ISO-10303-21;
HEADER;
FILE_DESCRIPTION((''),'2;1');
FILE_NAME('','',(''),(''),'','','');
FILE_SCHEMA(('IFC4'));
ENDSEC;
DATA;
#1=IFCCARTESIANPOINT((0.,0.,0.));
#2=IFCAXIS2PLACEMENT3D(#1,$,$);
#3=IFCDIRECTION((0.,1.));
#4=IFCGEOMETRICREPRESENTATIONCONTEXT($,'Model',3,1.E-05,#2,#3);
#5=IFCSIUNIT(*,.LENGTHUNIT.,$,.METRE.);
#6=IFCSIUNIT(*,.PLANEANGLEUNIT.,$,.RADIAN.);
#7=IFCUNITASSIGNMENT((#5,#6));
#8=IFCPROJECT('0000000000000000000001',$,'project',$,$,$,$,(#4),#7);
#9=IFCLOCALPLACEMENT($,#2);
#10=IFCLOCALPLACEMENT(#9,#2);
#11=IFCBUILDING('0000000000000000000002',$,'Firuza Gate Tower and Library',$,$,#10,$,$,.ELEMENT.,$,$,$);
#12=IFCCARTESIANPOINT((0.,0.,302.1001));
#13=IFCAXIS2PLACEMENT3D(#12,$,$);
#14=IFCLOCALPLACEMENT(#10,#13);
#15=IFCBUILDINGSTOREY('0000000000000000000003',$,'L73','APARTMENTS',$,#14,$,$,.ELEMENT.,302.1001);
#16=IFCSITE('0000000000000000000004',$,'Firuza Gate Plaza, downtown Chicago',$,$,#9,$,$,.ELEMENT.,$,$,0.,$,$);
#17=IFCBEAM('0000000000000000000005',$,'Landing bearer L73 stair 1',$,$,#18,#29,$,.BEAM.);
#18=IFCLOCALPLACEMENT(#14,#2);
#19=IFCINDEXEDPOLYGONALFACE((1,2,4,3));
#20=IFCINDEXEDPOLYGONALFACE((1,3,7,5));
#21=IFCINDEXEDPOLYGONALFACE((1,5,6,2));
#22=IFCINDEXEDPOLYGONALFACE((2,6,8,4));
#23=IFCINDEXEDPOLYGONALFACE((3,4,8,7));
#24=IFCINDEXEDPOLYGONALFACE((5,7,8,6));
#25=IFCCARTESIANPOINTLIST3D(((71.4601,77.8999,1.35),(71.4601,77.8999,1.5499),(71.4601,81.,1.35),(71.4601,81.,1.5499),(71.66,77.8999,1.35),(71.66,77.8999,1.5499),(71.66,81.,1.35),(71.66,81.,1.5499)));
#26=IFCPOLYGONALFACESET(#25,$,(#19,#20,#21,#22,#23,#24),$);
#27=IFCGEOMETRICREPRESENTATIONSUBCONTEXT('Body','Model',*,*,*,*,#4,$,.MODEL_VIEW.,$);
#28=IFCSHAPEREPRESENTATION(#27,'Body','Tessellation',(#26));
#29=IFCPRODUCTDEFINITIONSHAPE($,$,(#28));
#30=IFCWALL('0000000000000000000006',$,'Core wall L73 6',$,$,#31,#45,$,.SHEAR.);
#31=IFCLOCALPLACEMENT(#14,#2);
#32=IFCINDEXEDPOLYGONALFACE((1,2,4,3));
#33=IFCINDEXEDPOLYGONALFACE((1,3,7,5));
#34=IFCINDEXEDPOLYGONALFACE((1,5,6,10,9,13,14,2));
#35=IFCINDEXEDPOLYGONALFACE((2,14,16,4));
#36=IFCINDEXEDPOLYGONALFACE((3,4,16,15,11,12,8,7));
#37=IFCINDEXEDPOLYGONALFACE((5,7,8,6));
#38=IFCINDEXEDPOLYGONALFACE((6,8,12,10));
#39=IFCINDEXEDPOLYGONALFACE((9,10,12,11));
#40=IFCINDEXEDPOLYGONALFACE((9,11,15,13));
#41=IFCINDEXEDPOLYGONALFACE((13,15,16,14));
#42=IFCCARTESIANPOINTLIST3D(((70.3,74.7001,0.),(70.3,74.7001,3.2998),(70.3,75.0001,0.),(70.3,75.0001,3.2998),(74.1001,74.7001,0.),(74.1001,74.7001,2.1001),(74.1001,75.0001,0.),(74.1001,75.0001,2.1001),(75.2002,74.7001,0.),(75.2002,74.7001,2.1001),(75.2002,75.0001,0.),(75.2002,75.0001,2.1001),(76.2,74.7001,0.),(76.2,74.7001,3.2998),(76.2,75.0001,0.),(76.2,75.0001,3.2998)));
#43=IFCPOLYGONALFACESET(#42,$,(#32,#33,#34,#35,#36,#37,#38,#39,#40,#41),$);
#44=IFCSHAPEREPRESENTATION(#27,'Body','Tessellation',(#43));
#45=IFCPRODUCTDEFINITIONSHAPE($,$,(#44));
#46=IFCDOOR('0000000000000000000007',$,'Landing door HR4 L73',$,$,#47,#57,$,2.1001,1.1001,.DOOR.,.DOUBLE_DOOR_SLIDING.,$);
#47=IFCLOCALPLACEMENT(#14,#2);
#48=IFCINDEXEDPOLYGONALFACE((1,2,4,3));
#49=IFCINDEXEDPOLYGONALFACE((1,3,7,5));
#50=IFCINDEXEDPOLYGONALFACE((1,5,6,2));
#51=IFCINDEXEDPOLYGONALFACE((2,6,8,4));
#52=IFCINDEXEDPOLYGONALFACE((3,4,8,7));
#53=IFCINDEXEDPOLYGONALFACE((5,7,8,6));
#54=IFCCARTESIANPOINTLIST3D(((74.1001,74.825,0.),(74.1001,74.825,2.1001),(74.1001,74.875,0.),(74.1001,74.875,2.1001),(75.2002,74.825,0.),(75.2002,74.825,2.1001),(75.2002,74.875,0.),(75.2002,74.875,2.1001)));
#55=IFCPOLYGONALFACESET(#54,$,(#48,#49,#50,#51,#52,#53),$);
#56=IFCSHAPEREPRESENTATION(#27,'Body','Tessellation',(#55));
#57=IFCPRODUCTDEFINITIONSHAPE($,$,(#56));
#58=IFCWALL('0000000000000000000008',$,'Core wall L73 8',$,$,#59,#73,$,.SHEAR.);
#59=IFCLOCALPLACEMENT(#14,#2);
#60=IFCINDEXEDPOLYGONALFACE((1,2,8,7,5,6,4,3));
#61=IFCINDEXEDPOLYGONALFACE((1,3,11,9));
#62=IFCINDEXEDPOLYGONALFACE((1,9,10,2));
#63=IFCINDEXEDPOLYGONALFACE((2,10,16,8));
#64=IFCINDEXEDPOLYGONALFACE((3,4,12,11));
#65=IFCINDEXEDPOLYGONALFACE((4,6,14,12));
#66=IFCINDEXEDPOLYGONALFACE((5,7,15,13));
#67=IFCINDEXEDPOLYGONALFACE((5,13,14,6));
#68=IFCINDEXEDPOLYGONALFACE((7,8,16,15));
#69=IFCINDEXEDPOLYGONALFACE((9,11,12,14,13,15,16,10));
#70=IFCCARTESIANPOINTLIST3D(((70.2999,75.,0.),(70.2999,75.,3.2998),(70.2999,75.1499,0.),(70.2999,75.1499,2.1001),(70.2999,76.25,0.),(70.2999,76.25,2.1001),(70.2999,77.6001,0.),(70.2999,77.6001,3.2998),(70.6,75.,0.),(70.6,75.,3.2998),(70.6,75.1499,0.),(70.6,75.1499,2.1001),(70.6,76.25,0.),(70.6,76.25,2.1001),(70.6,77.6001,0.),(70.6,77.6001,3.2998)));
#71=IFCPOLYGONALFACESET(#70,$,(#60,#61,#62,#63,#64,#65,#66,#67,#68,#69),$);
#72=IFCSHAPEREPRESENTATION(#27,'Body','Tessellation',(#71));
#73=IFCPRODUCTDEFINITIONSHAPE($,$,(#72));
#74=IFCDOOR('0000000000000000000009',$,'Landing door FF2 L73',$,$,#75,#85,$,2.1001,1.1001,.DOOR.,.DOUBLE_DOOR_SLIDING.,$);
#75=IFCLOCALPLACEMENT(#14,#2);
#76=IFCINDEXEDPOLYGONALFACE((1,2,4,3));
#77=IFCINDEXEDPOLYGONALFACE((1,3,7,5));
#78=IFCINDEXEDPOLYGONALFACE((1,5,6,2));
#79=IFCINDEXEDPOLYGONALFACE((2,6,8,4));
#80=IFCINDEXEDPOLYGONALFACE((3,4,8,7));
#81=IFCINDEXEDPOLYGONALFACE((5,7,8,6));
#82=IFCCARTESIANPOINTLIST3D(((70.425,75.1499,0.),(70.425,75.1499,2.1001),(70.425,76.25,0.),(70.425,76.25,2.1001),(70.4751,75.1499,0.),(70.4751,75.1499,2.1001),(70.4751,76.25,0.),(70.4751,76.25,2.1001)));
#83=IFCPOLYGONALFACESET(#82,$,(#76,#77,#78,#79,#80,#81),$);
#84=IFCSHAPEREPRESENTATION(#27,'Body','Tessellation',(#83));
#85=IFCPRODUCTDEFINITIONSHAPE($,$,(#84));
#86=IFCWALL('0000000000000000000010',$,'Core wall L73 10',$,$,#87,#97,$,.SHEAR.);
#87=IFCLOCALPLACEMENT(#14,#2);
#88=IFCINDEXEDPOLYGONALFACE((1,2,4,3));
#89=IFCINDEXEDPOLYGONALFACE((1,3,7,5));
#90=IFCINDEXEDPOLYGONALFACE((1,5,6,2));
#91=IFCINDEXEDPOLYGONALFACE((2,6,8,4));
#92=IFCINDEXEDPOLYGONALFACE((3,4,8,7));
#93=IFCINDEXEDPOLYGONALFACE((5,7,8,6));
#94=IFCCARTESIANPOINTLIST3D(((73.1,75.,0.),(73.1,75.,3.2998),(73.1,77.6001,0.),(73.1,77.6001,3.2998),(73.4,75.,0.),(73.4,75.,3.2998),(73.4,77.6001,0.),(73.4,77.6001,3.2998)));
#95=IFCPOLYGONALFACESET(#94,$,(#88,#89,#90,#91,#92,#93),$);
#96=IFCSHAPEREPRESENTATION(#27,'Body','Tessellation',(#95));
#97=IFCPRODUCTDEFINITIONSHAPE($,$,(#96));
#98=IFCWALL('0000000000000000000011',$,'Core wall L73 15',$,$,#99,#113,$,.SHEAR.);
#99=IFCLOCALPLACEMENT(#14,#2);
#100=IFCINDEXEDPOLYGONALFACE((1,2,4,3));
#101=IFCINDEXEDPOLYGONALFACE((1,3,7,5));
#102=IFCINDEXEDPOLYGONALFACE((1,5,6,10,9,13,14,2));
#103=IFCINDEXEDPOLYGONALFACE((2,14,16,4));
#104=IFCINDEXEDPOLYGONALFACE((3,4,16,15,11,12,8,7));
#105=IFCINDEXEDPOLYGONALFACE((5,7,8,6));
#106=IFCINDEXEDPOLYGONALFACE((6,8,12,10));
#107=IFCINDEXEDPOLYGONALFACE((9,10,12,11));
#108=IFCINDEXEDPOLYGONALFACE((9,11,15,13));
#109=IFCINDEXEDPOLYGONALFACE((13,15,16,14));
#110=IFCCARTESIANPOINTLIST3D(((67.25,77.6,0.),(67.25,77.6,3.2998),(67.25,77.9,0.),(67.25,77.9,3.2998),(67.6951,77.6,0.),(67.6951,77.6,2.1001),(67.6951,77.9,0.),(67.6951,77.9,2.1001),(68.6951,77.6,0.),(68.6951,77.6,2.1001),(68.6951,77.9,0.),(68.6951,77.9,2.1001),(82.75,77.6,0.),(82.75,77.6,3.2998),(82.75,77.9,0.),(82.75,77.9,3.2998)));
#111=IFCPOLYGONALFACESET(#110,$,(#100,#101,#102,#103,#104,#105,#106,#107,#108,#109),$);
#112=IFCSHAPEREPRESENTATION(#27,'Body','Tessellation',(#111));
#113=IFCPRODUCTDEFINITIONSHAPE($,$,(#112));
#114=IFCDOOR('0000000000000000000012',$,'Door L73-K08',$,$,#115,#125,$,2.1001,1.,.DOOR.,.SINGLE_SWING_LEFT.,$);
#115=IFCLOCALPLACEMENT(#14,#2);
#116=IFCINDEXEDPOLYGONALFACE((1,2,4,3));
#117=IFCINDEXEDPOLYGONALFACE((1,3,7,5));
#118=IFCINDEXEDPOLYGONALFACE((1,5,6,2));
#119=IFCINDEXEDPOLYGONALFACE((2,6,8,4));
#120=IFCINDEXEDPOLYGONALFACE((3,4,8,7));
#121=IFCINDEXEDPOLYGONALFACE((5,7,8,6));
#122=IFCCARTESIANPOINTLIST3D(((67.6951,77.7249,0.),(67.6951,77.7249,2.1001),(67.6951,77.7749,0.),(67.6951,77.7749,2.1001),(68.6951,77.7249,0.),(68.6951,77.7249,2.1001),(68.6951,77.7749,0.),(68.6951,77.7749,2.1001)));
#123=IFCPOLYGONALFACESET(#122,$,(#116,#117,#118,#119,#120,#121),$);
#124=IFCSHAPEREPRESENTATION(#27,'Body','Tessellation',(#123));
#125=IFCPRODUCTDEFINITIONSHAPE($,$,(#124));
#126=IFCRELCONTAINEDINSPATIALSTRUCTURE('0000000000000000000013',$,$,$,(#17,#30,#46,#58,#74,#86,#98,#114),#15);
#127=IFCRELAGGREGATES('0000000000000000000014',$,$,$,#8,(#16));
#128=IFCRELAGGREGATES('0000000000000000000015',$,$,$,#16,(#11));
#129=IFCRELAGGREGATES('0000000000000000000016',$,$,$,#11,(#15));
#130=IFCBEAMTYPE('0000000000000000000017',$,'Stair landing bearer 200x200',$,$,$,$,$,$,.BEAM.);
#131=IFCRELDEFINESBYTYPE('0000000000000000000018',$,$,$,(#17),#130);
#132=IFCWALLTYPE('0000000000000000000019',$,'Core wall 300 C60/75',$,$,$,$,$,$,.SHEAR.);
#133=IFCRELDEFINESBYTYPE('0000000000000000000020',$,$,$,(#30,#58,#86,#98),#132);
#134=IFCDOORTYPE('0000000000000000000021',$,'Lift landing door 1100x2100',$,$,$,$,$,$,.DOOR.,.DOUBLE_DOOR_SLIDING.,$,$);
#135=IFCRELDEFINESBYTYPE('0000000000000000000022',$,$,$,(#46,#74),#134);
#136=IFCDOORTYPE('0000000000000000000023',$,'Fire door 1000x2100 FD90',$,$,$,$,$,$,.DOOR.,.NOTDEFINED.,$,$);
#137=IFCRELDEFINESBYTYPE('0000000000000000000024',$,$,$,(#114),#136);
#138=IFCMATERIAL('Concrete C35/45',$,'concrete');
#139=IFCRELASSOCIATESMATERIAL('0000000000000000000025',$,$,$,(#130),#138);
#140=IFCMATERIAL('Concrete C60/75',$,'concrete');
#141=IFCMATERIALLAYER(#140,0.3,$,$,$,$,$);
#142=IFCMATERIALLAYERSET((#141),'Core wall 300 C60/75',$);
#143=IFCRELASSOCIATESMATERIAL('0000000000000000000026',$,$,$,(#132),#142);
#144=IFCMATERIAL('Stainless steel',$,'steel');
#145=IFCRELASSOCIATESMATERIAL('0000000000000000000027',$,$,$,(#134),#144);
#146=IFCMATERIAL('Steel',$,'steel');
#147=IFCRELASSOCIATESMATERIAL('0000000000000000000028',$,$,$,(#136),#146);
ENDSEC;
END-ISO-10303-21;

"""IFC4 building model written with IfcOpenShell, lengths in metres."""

from ifc_helpers import new_model, si_unit, direction, frame, frame_2d, origin, origin_2d, place, context, subcontext, project, spatial, rectangle, extrude, material, layer, layer_set, material_profile, profile_set, type_object, element, fill, save


model = new_model("IFC4")

# Units and contexts
model_context = context("Model", 3, precision=1e-05, world=origin(), true_north=direction((0.0, 1.0)))
body_context = subcontext(model_context, "Body", "Model", "MODEL_VIEW")
ifc_project = project(units=[si_unit("LENGTHUNIT", "METRE"), si_unit("PLANEANGLEUNIT", "RADIAN")], contexts=[model_context])

# Site, building, storey
site_placement = place(None, origin())
site = spatial("IfcSite", under=ifc_project, at=site_placement, Name="Firuza Gate Plaza, downtown Chicago", CompositionType="ELEMENT", RefElevation=0.0)
building_placement = place(site_placement, origin())
building = spatial("IfcBuilding", under=site, at=building_placement, Name="Firuza Gate Tower and Library", CompositionType="ELEMENT")
storey_placement = place(building_placement, frame((0.0, 0.0, 302.1001)))
storey = spatial("IfcBuildingStorey", under=building, at=storey_placement, Name="L73", Description="APARTMENTS", CompositionType="ELEMENT", Elevation=302.1001)

# Beam
ifc_material_1 = material(Name="Concrete C35/45", Category="concrete")
ifc_material_profile = material_profile(ifc_material_1, rectangle(XDim=0.2, YDim=0.2, at=origin_2d()))
ifc_profile_set = profile_set([ifc_material_profile], Name="Concrete C35/45")
beam_type = type_object("IfcBeamType", Name="Stair landing bearer 200x200", PredefinedType="BEAM", material=ifc_profile_set)
beam_placement = place(storey_placement, frame((71.5601, 77.8999, 1.45), z_axis=(0.0, 1.0, 0.0), x_axis=(-1.0, 0.0, 0.0)))
element("IfcBeam", 1, at=beam_placement, inside=storey, type_object=beam_type, Name="Landing bearer L73 stair 1", PredefinedType="BEAM", context=body_context, shape_type="SweptSolid", body=[
    extrude(rectangle(XDim=0.2, YDim=0.2, at=origin_2d()), origin(), (0.0, 0.0, 1.0), 3.1001),
])

# Walls, openings, doors
ifc_material_2 = material(Name="Concrete C60/75", Category="concrete")
ifc_layer_1 = layer(ifc_material_2, 0.3)
ifc_layer_set_1 = layer_set([ifc_layer_1], Name="Core wall 300 C60/75")
wall_type_1 = type_object("IfcWallType", Name="Core wall 300 C60/75", PredefinedType="SHEAR", material=ifc_layer_set_1)
wall_1_placement = place(storey_placement, frame((70.3, 74.8501, 0.0), z_axis=(0.0, 0.0, 1.0), x_axis=(1.0, 0.0, 0.0)))
wall_1 = element("IfcWall", 2, at=wall_1_placement, inside=storey, type_object=wall_type_1, Name="Core wall L73 6", PredefinedType="SHEAR", context=body_context, shape_type="SweptSolid", body=[
    extrude(rectangle(XDim=5.8999, YDim=0.3, at=frame_2d((2.95, 0.0))), origin(), (0.0, 0.0, 1.0), 3.2998),
])
opening_1_placement = place(wall_1_placement, frame((3.8, 0.0, 0.0)))
opening_1 = element("IfcOpeningElement", 3, at=opening_1_placement, cuts=wall_1, PredefinedType="OPENING", context=body_context, shape_type="SweptSolid", body=[
    extrude(rectangle(XDim=1.1001, YDim=2.1001, at=frame_2d((0.55, 1.05))), frame((0.0, 0.1602, 0.0), z_axis=(0.0, -1.0, 0.0), x_axis=(1.0, 0.0, 0.0)), (0.0, 0.0, 1.0), 0.3201),
])
ifc_material_3 = material(Name="Stainless steel", Category="steel")
door_type_1 = type_object("IfcDoorType", Name="Lift landing door 1100x2100", OperationType="DOUBLE_DOOR_SLIDING", PredefinedType="DOOR", material=ifc_material_3)
door_1_placement = place(opening_1_placement, origin())
door_1 = element("IfcDoor", 4, at=door_1_placement, inside=storey, type_object=door_type_1, Name="Landing door HR4 L73", OperationType="DOUBLE_DOOR_SLIDING", OverallHeight=2.1001, OverallWidth=1.1001, PredefinedType="DOOR", context=body_context, shape_type="SweptSolid", body=[
    extrude(rectangle(XDim=1.1001, YDim=2.1001, at=frame_2d((0.55, 1.05))), frame((0.0, 0.0249, 0.0), z_axis=(0.0, -1.0, 0.0), x_axis=(1.0, 0.0, 0.0)), (0.0, 0.0, 1.0), 0.05),
])
fill(opening_1, door_1)
wall_2_placement = place(storey_placement, frame((70.45, 75.0, 0.0), z_axis=(0.0, 0.0, 1.0), x_axis=(0.0, 1.0, 0.0)))
wall_2 = element("IfcWall", 5, at=wall_2_placement, inside=storey, type_object=wall_type_1, Name="Core wall L73 8", PredefinedType="SHEAR", context=body_context, shape_type="SweptSolid", body=[
    extrude(rectangle(XDim=2.6001, YDim=0.3, at=frame_2d((1.3, 0.0))), origin(), (0.0, 0.0, 1.0), 3.2998),
])
opening_2_placement = place(wall_2_placement, frame((0.1499, 0.0, 0.0)))
opening_2 = element("IfcOpeningElement", 6, at=opening_2_placement, cuts=wall_2, PredefinedType="OPENING", context=body_context, shape_type="SweptSolid", body=[
    extrude(rectangle(XDim=1.1001, YDim=2.1001, at=frame_2d((0.55, 1.05))), frame((0.0, 0.1602, 0.0), z_axis=(0.0, -1.0, 0.0), x_axis=(1.0, 0.0, 0.0)), (0.0, 0.0, 1.0), 0.3201),
])
door_2_placement = place(opening_2_placement, origin())
door_2 = element("IfcDoor", 7, at=door_2_placement, inside=storey, type_object=door_type_1, Name="Landing door FF2 L73", OperationType="DOUBLE_DOOR_SLIDING", OverallHeight=2.1001, OverallWidth=1.1001, PredefinedType="DOOR", context=body_context, shape_type="SweptSolid", body=[
    extrude(rectangle(XDim=1.1001, YDim=2.1001, at=frame_2d((0.55, 1.05))), frame((0.0, 0.0249, 0.0), z_axis=(0.0, -1.0, 0.0), x_axis=(1.0, 0.0, 0.0)), (0.0, 0.0, 1.0), 0.05),
])
fill(opening_2, door_2)

# Wall
wall_3_placement = place(storey_placement, frame((73.25, 75.0, 0.0), z_axis=(0.0, 0.0, 1.0), x_axis=(0.0, 1.0, 0.0)))
element("IfcWall", 8, at=wall_3_placement, inside=storey, type_object=wall_type_1, Name="Core wall L73 10", PredefinedType="SHEAR", context=body_context, shape_type="SweptSolid", body=[
    extrude(rectangle(XDim=2.6001, YDim=0.3, at=frame_2d((1.3, 0.0))), origin(), (0.0, 0.0, 1.0), 3.2998),
])

# Wall, opening, door
wall_4_placement = place(storey_placement, frame((67.25, 77.75, 0.0), z_axis=(0.0, 0.0, 1.0), x_axis=(1.0, 0.0, 0.0)))
wall_4 = element("IfcWall", 9, at=wall_4_placement, inside=storey, type_object=wall_type_1, Name="Core wall L73 15", PredefinedType="SHEAR", context=body_context, shape_type="SweptSolid", body=[
    extrude(rectangle(XDim=15.5, YDim=0.3, at=frame_2d((7.75, 0.0))), origin(), (0.0, 0.0, 1.0), 3.2998),
])
opening_3_placement = place(wall_4_placement, frame((0.4451, 0.0, 0.0)))
opening_3 = element("IfcOpeningElement", 10, at=opening_3_placement, cuts=wall_4, PredefinedType="OPENING", context=body_context, shape_type="SweptSolid", body=[
    extrude(rectangle(XDim=1.0, YDim=2.1001, at=frame_2d((0.5, 1.05))), frame((0.0, 0.1602, 0.0), z_axis=(0.0, -1.0, 0.0), x_axis=(1.0, 0.0, 0.0)), (0.0, 0.0, 1.0), 0.3201),
])
ifc_material_4 = material(Name="Steel", Category="steel")
door_type_2 = type_object("IfcDoorType", Name="Fire door 1000x2100 FD90", OperationType="NOTDEFINED", PredefinedType="DOOR", material=ifc_material_4)
door_3_placement = place(opening_3_placement, origin())
door_3 = element("IfcDoor", 11, at=door_3_placement, inside=storey, type_object=door_type_2, Name="Door L73-K08", OperationType="SINGLE_SWING_LEFT", OverallHeight=2.1001, OverallWidth=1.0, PredefinedType="DOOR", context=body_context, shape_type="SweptSolid", body=[
    extrude(rectangle(XDim=1.0, YDim=2.1001, at=frame_2d((0.5, 1.05))), frame((0.0, 0.0249, 0.0), z_axis=(0.0, -1.0, 0.0), x_axis=(1.0, 0.0, 0.0)), (0.0, 0.0, 1.0), 0.05),
])
fill(opening_3, door_3)

save(model, "model.ifc")
